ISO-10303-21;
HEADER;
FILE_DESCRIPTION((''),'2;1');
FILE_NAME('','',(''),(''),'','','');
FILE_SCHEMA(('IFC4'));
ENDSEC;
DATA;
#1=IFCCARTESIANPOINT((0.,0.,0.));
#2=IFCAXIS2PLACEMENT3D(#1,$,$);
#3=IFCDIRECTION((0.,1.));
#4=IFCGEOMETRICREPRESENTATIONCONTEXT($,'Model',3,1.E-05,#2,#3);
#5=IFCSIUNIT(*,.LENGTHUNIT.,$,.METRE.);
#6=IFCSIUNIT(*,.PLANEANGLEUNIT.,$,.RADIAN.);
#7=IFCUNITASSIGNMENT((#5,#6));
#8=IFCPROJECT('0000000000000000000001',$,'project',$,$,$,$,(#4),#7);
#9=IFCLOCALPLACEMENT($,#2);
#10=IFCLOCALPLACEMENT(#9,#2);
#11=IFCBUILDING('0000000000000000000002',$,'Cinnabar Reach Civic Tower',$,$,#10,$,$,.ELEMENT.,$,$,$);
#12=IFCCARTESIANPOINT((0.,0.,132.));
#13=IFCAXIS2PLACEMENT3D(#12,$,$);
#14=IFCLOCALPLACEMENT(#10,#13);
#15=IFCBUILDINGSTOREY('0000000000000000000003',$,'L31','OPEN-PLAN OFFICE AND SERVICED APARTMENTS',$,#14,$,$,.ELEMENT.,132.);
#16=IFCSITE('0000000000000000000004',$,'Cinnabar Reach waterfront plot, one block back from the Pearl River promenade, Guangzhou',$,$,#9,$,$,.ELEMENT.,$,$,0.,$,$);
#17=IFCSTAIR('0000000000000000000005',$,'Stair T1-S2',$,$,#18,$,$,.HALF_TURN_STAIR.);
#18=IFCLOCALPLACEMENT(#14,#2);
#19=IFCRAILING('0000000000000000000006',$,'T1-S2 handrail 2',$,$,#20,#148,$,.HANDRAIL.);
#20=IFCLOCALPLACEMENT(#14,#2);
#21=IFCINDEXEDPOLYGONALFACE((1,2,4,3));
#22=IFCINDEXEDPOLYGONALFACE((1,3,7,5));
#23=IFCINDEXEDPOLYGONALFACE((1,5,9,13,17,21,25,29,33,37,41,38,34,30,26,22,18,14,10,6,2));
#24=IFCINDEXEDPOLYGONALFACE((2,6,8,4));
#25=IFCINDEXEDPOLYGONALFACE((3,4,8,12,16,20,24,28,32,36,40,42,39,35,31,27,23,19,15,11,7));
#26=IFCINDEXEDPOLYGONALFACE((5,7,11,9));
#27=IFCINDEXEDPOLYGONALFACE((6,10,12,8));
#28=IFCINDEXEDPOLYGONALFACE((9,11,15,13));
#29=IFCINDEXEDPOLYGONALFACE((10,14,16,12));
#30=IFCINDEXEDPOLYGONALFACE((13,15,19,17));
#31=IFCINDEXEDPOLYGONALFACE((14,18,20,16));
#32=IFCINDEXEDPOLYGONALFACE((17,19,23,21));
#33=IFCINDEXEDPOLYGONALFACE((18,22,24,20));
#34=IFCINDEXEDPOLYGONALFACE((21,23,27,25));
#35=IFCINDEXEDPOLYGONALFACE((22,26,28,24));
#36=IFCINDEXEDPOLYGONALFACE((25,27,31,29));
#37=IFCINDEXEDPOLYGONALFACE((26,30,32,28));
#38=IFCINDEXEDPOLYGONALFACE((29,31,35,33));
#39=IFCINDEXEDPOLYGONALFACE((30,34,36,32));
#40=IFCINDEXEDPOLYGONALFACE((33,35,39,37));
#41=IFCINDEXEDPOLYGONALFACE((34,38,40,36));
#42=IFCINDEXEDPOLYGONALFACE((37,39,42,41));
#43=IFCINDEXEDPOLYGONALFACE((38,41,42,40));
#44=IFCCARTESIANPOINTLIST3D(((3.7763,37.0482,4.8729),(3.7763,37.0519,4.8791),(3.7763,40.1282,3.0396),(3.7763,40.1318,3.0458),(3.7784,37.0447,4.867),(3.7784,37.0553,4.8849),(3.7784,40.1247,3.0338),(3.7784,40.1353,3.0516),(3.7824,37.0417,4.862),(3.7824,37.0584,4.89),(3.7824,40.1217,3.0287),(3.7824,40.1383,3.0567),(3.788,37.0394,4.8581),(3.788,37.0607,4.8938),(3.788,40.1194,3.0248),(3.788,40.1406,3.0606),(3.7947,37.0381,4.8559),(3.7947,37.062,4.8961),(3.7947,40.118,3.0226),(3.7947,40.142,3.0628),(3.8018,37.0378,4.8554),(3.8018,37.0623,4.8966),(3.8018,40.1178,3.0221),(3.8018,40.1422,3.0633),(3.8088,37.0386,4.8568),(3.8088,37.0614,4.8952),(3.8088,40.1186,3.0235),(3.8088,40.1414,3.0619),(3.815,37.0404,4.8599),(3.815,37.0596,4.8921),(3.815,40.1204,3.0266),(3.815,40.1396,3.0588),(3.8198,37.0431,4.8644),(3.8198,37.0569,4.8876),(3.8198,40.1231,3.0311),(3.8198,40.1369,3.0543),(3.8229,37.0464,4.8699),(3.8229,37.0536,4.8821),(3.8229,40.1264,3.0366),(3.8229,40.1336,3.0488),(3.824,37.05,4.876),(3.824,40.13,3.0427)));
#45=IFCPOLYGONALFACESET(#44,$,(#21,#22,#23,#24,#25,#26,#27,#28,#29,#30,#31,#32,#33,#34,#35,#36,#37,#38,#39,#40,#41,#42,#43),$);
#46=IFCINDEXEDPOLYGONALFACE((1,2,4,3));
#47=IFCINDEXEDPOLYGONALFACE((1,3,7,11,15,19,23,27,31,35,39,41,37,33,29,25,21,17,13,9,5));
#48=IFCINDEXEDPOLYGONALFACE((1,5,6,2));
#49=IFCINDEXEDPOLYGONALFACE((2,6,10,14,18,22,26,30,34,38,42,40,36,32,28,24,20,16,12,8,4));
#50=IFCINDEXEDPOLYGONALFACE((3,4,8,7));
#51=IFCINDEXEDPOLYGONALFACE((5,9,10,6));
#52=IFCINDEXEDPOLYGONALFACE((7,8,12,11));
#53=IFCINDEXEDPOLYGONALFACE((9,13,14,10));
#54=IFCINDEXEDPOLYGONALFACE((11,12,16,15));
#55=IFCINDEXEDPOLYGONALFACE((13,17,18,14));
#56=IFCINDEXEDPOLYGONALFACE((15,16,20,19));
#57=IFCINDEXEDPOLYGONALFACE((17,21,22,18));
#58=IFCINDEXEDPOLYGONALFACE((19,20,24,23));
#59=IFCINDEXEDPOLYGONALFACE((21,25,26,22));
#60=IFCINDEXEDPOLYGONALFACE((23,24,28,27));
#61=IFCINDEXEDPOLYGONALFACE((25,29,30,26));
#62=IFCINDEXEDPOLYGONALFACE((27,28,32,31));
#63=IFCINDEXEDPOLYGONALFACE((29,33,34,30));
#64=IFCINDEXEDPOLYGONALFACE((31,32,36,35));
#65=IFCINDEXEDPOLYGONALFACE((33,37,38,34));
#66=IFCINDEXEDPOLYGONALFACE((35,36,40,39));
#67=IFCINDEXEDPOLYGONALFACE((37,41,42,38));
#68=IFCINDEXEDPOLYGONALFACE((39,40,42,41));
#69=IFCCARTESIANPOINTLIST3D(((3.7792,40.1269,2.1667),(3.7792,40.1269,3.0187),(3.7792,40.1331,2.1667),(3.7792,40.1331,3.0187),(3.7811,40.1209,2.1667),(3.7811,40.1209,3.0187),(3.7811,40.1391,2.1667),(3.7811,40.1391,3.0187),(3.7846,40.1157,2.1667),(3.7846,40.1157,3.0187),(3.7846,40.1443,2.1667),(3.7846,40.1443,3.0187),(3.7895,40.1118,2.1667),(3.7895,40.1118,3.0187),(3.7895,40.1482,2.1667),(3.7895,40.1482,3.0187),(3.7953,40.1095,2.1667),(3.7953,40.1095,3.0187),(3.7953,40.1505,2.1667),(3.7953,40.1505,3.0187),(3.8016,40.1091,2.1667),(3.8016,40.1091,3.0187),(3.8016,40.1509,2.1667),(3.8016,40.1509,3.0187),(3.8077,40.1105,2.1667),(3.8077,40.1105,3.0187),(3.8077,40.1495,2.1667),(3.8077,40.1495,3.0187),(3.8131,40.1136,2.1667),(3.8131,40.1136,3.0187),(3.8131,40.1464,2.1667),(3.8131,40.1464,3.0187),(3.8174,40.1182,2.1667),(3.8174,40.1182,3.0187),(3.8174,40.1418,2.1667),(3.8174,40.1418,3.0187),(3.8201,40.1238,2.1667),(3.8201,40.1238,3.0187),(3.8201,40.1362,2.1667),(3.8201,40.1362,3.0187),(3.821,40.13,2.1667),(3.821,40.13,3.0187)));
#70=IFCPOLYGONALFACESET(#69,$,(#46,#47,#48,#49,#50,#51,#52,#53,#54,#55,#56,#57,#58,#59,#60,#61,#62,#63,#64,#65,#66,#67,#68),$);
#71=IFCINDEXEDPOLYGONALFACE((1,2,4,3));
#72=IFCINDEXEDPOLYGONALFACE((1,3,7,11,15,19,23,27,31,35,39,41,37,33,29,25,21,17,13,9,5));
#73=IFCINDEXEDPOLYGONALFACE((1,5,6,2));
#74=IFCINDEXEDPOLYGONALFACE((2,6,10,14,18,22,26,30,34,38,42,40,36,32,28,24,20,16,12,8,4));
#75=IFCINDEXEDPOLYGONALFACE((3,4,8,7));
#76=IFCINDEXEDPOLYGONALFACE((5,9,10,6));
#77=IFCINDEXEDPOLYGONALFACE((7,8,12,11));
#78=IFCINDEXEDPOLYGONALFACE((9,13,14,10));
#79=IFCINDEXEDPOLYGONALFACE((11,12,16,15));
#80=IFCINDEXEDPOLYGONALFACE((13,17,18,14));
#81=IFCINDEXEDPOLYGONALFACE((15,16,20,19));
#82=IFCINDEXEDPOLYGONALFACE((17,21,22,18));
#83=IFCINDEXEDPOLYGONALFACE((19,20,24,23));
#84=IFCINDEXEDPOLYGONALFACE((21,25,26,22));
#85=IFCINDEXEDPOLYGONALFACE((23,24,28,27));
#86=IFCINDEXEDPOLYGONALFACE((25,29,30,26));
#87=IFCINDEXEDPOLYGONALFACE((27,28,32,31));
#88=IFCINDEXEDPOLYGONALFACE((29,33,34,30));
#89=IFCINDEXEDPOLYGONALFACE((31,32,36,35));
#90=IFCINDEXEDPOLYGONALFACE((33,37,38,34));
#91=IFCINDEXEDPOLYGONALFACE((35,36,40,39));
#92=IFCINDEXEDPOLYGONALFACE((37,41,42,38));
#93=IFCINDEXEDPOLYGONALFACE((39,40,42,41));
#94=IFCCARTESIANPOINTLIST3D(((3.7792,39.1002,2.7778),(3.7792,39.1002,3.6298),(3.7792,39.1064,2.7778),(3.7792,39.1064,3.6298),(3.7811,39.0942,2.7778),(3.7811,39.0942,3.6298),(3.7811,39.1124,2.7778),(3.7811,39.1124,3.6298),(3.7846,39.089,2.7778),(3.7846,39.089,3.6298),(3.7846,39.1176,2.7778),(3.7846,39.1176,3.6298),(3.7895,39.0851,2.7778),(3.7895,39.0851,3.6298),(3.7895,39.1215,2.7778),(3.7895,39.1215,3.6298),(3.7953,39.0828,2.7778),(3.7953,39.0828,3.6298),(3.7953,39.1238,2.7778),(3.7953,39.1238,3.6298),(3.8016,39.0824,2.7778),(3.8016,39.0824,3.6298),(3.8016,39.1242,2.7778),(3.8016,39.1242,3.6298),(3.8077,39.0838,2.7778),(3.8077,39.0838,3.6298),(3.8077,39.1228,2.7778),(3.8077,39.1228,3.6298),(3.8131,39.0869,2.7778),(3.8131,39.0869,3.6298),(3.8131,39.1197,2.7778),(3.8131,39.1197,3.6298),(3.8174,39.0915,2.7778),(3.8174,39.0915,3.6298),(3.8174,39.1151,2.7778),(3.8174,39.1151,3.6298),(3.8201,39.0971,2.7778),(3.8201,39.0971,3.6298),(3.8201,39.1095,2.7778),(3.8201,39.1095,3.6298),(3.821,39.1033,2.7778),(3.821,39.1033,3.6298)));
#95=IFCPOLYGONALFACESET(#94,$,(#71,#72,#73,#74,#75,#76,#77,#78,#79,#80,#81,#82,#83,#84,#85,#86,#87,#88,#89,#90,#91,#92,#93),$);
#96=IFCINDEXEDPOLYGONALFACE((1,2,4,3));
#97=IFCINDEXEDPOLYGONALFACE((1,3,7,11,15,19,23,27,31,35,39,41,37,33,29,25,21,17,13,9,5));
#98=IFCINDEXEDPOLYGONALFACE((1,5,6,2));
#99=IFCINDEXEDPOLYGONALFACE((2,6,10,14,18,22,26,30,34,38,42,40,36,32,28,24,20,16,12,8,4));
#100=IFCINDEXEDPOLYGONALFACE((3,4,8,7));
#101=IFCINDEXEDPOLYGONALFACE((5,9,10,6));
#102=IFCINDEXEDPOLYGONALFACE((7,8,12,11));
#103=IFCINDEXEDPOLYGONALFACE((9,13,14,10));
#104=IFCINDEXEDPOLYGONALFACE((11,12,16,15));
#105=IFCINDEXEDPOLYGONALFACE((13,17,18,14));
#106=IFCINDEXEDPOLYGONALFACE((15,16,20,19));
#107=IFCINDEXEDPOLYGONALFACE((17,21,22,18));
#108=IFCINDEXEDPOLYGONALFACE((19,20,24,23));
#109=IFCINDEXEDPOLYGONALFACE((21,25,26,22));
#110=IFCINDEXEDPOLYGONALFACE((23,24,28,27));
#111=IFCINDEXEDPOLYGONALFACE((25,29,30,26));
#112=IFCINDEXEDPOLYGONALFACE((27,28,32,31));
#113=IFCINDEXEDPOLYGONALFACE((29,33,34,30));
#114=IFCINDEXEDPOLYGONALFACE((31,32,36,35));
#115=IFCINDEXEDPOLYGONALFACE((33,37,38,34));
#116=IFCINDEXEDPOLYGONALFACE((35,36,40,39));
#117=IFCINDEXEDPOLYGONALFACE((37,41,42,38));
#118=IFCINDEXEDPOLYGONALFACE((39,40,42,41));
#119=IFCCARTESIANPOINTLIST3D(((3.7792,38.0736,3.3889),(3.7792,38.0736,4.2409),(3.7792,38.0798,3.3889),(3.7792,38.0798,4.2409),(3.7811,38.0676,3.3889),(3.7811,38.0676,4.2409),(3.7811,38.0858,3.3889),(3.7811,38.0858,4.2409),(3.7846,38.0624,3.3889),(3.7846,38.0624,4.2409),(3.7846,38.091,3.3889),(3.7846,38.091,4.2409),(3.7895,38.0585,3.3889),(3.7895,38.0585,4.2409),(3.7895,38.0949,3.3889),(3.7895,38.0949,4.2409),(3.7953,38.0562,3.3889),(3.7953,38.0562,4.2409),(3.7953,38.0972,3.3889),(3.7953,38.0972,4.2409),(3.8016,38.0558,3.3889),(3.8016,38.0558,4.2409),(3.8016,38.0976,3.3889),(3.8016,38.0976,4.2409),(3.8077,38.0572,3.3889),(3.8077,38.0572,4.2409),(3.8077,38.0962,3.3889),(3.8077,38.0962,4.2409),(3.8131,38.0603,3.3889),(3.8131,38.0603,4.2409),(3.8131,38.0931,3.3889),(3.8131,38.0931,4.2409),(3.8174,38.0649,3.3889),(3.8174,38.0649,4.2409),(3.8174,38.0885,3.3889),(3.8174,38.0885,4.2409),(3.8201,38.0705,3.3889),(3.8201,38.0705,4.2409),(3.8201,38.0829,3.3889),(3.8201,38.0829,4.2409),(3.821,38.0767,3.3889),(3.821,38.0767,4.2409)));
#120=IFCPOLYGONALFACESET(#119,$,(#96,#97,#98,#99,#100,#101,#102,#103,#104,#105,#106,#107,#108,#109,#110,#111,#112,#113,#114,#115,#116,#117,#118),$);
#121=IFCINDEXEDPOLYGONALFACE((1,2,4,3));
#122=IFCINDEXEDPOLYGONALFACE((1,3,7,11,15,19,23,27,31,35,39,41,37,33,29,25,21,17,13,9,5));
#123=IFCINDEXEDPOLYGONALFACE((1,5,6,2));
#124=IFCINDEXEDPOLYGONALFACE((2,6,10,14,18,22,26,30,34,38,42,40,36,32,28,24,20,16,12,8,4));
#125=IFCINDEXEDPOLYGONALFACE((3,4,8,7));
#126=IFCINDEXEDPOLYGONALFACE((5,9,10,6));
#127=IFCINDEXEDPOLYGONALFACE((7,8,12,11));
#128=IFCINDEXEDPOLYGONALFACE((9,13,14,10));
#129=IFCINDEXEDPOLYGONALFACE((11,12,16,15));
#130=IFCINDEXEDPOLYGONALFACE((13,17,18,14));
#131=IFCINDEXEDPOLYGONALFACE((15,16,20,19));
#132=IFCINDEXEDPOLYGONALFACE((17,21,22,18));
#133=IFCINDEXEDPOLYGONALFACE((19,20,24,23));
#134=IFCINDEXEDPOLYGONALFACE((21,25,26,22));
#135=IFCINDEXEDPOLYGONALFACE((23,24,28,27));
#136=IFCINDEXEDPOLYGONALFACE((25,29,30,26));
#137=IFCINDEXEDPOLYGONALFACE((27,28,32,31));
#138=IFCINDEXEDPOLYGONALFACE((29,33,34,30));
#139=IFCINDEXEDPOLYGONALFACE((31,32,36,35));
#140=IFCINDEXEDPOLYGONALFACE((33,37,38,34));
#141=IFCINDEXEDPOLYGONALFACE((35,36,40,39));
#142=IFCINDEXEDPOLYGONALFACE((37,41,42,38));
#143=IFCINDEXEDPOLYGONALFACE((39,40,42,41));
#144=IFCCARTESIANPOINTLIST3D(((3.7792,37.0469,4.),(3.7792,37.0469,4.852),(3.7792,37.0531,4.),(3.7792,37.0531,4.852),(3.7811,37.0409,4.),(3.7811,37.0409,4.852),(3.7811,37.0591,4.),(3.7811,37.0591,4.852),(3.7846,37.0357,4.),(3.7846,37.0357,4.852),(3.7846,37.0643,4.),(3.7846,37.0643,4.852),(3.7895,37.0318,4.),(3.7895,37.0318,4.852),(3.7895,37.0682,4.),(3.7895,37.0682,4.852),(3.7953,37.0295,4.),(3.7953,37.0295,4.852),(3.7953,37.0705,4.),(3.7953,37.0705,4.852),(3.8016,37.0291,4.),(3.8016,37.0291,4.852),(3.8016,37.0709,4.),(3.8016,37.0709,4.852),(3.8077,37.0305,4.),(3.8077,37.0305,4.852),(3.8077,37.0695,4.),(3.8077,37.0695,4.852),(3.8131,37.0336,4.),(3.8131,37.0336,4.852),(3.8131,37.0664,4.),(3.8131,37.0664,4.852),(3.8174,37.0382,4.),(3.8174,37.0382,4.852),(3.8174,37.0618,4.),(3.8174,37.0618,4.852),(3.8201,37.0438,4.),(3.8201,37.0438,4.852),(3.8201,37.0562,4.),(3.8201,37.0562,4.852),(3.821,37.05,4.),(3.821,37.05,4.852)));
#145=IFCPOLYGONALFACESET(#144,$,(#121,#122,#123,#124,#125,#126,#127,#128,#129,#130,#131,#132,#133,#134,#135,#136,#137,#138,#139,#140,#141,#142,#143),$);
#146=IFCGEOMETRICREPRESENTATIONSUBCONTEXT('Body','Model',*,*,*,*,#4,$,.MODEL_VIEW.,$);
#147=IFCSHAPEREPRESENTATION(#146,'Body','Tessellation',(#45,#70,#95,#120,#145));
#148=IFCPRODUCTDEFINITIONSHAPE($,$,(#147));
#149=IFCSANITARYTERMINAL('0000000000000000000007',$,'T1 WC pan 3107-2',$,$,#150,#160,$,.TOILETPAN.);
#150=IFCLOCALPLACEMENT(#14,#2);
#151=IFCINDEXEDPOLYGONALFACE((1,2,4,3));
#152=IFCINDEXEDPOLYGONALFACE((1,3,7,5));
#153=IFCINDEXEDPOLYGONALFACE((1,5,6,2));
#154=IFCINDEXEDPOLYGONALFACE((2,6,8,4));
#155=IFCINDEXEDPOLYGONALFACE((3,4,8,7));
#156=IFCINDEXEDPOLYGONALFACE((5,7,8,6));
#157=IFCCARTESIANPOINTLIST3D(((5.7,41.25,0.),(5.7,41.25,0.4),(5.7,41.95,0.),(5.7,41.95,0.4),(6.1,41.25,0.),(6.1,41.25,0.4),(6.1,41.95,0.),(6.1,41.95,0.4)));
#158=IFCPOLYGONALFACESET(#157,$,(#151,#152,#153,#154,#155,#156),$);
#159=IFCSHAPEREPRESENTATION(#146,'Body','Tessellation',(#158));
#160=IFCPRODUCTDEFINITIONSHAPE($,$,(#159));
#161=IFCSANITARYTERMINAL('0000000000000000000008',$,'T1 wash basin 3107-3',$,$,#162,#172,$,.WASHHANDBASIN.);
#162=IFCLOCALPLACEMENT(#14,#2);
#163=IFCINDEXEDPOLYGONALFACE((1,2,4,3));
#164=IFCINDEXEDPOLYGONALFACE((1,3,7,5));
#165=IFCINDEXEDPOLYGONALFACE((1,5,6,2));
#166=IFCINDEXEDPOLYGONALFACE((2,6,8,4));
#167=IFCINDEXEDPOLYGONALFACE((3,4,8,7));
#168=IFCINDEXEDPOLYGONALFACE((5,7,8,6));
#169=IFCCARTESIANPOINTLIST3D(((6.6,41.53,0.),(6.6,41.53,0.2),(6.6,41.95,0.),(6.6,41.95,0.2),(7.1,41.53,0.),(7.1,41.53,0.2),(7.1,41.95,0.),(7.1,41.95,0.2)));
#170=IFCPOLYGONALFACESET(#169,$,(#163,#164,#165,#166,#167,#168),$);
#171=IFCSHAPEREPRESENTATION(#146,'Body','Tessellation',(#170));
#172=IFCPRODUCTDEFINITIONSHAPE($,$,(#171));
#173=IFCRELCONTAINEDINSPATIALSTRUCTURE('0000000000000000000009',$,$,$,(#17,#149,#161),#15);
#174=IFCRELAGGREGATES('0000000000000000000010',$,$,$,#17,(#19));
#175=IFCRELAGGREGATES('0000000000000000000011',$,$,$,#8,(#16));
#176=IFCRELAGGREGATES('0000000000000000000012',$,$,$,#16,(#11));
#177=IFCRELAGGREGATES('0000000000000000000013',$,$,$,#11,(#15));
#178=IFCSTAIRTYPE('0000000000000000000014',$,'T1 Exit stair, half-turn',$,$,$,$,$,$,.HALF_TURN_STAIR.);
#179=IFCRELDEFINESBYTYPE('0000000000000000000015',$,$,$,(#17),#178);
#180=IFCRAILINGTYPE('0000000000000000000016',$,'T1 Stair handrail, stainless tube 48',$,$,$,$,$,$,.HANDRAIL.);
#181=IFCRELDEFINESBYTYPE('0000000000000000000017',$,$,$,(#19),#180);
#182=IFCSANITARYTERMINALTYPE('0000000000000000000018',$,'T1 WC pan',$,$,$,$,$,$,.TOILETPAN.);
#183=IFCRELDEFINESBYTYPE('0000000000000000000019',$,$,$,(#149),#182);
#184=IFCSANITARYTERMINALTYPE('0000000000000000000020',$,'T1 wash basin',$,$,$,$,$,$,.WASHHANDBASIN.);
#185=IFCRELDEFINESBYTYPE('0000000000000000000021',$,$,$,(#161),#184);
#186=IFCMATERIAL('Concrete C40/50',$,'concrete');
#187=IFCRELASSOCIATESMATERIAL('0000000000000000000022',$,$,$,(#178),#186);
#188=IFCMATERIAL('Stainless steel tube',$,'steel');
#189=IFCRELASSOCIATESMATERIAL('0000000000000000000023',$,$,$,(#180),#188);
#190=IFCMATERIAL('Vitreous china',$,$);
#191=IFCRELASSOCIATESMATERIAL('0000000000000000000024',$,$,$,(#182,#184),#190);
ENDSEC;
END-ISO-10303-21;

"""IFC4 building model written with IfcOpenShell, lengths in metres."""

from ifc_helpers import new_model, si_unit, direction, frame, origin, origin_2d, place, context, subcontext, project, spatial, rectangle, circle, extrude, material, type_object, element, aggregate, save


model = new_model("IFC4")

# Units and contexts
model_context = context("Model", 3, precision=1e-05, world=origin(), true_north=direction((0.0, 1.0)))
body_context = subcontext(model_context, "Body", "Model", "MODEL_VIEW")
ifc_project = project(units=[si_unit("LENGTHUNIT", "METRE"), si_unit("PLANEANGLEUNIT", "RADIAN")], contexts=[model_context])

# Site, building, storey
site_placement = place(None, origin())
site = spatial("IfcSite", under=ifc_project, at=site_placement, Name="Cinnabar Reach waterfront plot, one block back from the Pearl River promenade, Guangzhou", CompositionType="ELEMENT", RefElevation=0.0)
building_placement = place(site_placement, origin())
building = spatial("IfcBuilding", under=site, at=building_placement, Name="Cinnabar Reach Civic Tower", CompositionType="ELEMENT")
storey_placement = place(building_placement, frame((0.0, 0.0, 132.0)))
storey = spatial("IfcBuildingStorey", under=building, at=storey_placement, Name="L31", Description="OPEN-PLAN OFFICE AND SERVICED APARTMENTS", CompositionType="ELEMENT", Elevation=132.0)

# Stair, railing
ifc_material_1 = material(Name="Concrete C40/50", Category="concrete")
stair_type = type_object("IfcStairType", Name="T1 Exit stair, half-turn", PredefinedType="HALF_TURN_STAIR", material=ifc_material_1)
stair_placement = place(storey_placement, origin())
stair = element("IfcStair", 1, at=stair_placement, inside=storey, type_object=stair_type, Name="Stair T1-S2", PredefinedType="HALF_TURN_STAIR")
ifc_material_2 = material(Name="Stainless steel tube", Category="steel")
railing_type = type_object("IfcRailingType", Name="T1 Stair handrail, stainless tube 48", PredefinedType="HANDRAIL", material=ifc_material_2)
railing_1_placement = place(storey_placement, frame((3.8, 40.13, 2.1667)))
railing_1 = element("IfcRailing", 2, at=railing_1_placement, type_object=railing_type, Name="T1-S2 handrail 2", PredefinedType="HANDRAIL", context=body_context, shape_type="SweptSolid", body=[
    extrude(circle(Radius=0.024, at=origin_2d()), frame((0.0, 0.0, 0.876), z_axis=(0.0, -0.859297, 0.511477), x_axis=(1.0, 0.0, 0.0)), (0.0, 0.0, 1.0), 3.5843),
    extrude(circle(Radius=0.021, at=origin_2d()), origin(), (0.0, 0.0, 1.0), 0.852),
    extrude(circle(Radius=0.021, at=origin_2d()), frame((0.0, -1.0267, 0.6111)), (0.0, 0.0, 1.0), 0.852),
    extrude(circle(Radius=0.021, at=origin_2d()), frame((0.0, -2.0533, 1.2222)), (0.0, 0.0, 1.0), 0.852),
    extrude(circle(Radius=0.021, at=origin_2d()), frame((0.0, -3.08, 1.8333)), (0.0, 0.0, 1.0), 0.852),
])
aggregate(stair, [railing_1])

# Sanitary terminals
ifc_material_3 = material(Name="Vitreous china")
sanitary_terminal_type_1 = type_object("IfcSanitaryTerminalType", Name="T1 WC pan", PredefinedType="TOILETPAN", material=ifc_material_3)
sanitary_terminal_1_placement = place(storey_placement, frame((5.9, 41.6, 0.0), z_axis=(0.0, 0.0, 1.0), x_axis=(1.0, 0.0, 0.0)))
element("IfcSanitaryTerminal", 3, at=sanitary_terminal_1_placement, inside=storey, type_object=sanitary_terminal_type_1, Name="T1 WC pan 3107-2", PredefinedType="TOILETPAN", context=body_context, shape_type="SweptSolid", body=[
    extrude(rectangle(XDim=0.4, YDim=0.7, at=origin_2d()), origin(), (0.0, 0.0, 1.0), 0.4),
])
sanitary_terminal_type_2 = type_object("IfcSanitaryTerminalType", Name="T1 wash basin", PredefinedType="WASHHANDBASIN", material=ifc_material_3)
sanitary_terminal_2_placement = place(storey_placement, frame((6.85, 41.74, 0.0), z_axis=(0.0, 0.0, 1.0), x_axis=(1.0, 0.0, 0.0)))
element("IfcSanitaryTerminal", 4, at=sanitary_terminal_2_placement, inside=storey, type_object=sanitary_terminal_type_2, Name="T1 wash basin 3107-3", PredefinedType="WASHHANDBASIN", context=body_context, shape_type="SweptSolid", body=[
    extrude(rectangle(XDim=0.5, YDim=0.42, at=origin_2d()), origin(), (0.0, 0.0, 1.0), 0.2),
])

save(model, "model.ifc")
